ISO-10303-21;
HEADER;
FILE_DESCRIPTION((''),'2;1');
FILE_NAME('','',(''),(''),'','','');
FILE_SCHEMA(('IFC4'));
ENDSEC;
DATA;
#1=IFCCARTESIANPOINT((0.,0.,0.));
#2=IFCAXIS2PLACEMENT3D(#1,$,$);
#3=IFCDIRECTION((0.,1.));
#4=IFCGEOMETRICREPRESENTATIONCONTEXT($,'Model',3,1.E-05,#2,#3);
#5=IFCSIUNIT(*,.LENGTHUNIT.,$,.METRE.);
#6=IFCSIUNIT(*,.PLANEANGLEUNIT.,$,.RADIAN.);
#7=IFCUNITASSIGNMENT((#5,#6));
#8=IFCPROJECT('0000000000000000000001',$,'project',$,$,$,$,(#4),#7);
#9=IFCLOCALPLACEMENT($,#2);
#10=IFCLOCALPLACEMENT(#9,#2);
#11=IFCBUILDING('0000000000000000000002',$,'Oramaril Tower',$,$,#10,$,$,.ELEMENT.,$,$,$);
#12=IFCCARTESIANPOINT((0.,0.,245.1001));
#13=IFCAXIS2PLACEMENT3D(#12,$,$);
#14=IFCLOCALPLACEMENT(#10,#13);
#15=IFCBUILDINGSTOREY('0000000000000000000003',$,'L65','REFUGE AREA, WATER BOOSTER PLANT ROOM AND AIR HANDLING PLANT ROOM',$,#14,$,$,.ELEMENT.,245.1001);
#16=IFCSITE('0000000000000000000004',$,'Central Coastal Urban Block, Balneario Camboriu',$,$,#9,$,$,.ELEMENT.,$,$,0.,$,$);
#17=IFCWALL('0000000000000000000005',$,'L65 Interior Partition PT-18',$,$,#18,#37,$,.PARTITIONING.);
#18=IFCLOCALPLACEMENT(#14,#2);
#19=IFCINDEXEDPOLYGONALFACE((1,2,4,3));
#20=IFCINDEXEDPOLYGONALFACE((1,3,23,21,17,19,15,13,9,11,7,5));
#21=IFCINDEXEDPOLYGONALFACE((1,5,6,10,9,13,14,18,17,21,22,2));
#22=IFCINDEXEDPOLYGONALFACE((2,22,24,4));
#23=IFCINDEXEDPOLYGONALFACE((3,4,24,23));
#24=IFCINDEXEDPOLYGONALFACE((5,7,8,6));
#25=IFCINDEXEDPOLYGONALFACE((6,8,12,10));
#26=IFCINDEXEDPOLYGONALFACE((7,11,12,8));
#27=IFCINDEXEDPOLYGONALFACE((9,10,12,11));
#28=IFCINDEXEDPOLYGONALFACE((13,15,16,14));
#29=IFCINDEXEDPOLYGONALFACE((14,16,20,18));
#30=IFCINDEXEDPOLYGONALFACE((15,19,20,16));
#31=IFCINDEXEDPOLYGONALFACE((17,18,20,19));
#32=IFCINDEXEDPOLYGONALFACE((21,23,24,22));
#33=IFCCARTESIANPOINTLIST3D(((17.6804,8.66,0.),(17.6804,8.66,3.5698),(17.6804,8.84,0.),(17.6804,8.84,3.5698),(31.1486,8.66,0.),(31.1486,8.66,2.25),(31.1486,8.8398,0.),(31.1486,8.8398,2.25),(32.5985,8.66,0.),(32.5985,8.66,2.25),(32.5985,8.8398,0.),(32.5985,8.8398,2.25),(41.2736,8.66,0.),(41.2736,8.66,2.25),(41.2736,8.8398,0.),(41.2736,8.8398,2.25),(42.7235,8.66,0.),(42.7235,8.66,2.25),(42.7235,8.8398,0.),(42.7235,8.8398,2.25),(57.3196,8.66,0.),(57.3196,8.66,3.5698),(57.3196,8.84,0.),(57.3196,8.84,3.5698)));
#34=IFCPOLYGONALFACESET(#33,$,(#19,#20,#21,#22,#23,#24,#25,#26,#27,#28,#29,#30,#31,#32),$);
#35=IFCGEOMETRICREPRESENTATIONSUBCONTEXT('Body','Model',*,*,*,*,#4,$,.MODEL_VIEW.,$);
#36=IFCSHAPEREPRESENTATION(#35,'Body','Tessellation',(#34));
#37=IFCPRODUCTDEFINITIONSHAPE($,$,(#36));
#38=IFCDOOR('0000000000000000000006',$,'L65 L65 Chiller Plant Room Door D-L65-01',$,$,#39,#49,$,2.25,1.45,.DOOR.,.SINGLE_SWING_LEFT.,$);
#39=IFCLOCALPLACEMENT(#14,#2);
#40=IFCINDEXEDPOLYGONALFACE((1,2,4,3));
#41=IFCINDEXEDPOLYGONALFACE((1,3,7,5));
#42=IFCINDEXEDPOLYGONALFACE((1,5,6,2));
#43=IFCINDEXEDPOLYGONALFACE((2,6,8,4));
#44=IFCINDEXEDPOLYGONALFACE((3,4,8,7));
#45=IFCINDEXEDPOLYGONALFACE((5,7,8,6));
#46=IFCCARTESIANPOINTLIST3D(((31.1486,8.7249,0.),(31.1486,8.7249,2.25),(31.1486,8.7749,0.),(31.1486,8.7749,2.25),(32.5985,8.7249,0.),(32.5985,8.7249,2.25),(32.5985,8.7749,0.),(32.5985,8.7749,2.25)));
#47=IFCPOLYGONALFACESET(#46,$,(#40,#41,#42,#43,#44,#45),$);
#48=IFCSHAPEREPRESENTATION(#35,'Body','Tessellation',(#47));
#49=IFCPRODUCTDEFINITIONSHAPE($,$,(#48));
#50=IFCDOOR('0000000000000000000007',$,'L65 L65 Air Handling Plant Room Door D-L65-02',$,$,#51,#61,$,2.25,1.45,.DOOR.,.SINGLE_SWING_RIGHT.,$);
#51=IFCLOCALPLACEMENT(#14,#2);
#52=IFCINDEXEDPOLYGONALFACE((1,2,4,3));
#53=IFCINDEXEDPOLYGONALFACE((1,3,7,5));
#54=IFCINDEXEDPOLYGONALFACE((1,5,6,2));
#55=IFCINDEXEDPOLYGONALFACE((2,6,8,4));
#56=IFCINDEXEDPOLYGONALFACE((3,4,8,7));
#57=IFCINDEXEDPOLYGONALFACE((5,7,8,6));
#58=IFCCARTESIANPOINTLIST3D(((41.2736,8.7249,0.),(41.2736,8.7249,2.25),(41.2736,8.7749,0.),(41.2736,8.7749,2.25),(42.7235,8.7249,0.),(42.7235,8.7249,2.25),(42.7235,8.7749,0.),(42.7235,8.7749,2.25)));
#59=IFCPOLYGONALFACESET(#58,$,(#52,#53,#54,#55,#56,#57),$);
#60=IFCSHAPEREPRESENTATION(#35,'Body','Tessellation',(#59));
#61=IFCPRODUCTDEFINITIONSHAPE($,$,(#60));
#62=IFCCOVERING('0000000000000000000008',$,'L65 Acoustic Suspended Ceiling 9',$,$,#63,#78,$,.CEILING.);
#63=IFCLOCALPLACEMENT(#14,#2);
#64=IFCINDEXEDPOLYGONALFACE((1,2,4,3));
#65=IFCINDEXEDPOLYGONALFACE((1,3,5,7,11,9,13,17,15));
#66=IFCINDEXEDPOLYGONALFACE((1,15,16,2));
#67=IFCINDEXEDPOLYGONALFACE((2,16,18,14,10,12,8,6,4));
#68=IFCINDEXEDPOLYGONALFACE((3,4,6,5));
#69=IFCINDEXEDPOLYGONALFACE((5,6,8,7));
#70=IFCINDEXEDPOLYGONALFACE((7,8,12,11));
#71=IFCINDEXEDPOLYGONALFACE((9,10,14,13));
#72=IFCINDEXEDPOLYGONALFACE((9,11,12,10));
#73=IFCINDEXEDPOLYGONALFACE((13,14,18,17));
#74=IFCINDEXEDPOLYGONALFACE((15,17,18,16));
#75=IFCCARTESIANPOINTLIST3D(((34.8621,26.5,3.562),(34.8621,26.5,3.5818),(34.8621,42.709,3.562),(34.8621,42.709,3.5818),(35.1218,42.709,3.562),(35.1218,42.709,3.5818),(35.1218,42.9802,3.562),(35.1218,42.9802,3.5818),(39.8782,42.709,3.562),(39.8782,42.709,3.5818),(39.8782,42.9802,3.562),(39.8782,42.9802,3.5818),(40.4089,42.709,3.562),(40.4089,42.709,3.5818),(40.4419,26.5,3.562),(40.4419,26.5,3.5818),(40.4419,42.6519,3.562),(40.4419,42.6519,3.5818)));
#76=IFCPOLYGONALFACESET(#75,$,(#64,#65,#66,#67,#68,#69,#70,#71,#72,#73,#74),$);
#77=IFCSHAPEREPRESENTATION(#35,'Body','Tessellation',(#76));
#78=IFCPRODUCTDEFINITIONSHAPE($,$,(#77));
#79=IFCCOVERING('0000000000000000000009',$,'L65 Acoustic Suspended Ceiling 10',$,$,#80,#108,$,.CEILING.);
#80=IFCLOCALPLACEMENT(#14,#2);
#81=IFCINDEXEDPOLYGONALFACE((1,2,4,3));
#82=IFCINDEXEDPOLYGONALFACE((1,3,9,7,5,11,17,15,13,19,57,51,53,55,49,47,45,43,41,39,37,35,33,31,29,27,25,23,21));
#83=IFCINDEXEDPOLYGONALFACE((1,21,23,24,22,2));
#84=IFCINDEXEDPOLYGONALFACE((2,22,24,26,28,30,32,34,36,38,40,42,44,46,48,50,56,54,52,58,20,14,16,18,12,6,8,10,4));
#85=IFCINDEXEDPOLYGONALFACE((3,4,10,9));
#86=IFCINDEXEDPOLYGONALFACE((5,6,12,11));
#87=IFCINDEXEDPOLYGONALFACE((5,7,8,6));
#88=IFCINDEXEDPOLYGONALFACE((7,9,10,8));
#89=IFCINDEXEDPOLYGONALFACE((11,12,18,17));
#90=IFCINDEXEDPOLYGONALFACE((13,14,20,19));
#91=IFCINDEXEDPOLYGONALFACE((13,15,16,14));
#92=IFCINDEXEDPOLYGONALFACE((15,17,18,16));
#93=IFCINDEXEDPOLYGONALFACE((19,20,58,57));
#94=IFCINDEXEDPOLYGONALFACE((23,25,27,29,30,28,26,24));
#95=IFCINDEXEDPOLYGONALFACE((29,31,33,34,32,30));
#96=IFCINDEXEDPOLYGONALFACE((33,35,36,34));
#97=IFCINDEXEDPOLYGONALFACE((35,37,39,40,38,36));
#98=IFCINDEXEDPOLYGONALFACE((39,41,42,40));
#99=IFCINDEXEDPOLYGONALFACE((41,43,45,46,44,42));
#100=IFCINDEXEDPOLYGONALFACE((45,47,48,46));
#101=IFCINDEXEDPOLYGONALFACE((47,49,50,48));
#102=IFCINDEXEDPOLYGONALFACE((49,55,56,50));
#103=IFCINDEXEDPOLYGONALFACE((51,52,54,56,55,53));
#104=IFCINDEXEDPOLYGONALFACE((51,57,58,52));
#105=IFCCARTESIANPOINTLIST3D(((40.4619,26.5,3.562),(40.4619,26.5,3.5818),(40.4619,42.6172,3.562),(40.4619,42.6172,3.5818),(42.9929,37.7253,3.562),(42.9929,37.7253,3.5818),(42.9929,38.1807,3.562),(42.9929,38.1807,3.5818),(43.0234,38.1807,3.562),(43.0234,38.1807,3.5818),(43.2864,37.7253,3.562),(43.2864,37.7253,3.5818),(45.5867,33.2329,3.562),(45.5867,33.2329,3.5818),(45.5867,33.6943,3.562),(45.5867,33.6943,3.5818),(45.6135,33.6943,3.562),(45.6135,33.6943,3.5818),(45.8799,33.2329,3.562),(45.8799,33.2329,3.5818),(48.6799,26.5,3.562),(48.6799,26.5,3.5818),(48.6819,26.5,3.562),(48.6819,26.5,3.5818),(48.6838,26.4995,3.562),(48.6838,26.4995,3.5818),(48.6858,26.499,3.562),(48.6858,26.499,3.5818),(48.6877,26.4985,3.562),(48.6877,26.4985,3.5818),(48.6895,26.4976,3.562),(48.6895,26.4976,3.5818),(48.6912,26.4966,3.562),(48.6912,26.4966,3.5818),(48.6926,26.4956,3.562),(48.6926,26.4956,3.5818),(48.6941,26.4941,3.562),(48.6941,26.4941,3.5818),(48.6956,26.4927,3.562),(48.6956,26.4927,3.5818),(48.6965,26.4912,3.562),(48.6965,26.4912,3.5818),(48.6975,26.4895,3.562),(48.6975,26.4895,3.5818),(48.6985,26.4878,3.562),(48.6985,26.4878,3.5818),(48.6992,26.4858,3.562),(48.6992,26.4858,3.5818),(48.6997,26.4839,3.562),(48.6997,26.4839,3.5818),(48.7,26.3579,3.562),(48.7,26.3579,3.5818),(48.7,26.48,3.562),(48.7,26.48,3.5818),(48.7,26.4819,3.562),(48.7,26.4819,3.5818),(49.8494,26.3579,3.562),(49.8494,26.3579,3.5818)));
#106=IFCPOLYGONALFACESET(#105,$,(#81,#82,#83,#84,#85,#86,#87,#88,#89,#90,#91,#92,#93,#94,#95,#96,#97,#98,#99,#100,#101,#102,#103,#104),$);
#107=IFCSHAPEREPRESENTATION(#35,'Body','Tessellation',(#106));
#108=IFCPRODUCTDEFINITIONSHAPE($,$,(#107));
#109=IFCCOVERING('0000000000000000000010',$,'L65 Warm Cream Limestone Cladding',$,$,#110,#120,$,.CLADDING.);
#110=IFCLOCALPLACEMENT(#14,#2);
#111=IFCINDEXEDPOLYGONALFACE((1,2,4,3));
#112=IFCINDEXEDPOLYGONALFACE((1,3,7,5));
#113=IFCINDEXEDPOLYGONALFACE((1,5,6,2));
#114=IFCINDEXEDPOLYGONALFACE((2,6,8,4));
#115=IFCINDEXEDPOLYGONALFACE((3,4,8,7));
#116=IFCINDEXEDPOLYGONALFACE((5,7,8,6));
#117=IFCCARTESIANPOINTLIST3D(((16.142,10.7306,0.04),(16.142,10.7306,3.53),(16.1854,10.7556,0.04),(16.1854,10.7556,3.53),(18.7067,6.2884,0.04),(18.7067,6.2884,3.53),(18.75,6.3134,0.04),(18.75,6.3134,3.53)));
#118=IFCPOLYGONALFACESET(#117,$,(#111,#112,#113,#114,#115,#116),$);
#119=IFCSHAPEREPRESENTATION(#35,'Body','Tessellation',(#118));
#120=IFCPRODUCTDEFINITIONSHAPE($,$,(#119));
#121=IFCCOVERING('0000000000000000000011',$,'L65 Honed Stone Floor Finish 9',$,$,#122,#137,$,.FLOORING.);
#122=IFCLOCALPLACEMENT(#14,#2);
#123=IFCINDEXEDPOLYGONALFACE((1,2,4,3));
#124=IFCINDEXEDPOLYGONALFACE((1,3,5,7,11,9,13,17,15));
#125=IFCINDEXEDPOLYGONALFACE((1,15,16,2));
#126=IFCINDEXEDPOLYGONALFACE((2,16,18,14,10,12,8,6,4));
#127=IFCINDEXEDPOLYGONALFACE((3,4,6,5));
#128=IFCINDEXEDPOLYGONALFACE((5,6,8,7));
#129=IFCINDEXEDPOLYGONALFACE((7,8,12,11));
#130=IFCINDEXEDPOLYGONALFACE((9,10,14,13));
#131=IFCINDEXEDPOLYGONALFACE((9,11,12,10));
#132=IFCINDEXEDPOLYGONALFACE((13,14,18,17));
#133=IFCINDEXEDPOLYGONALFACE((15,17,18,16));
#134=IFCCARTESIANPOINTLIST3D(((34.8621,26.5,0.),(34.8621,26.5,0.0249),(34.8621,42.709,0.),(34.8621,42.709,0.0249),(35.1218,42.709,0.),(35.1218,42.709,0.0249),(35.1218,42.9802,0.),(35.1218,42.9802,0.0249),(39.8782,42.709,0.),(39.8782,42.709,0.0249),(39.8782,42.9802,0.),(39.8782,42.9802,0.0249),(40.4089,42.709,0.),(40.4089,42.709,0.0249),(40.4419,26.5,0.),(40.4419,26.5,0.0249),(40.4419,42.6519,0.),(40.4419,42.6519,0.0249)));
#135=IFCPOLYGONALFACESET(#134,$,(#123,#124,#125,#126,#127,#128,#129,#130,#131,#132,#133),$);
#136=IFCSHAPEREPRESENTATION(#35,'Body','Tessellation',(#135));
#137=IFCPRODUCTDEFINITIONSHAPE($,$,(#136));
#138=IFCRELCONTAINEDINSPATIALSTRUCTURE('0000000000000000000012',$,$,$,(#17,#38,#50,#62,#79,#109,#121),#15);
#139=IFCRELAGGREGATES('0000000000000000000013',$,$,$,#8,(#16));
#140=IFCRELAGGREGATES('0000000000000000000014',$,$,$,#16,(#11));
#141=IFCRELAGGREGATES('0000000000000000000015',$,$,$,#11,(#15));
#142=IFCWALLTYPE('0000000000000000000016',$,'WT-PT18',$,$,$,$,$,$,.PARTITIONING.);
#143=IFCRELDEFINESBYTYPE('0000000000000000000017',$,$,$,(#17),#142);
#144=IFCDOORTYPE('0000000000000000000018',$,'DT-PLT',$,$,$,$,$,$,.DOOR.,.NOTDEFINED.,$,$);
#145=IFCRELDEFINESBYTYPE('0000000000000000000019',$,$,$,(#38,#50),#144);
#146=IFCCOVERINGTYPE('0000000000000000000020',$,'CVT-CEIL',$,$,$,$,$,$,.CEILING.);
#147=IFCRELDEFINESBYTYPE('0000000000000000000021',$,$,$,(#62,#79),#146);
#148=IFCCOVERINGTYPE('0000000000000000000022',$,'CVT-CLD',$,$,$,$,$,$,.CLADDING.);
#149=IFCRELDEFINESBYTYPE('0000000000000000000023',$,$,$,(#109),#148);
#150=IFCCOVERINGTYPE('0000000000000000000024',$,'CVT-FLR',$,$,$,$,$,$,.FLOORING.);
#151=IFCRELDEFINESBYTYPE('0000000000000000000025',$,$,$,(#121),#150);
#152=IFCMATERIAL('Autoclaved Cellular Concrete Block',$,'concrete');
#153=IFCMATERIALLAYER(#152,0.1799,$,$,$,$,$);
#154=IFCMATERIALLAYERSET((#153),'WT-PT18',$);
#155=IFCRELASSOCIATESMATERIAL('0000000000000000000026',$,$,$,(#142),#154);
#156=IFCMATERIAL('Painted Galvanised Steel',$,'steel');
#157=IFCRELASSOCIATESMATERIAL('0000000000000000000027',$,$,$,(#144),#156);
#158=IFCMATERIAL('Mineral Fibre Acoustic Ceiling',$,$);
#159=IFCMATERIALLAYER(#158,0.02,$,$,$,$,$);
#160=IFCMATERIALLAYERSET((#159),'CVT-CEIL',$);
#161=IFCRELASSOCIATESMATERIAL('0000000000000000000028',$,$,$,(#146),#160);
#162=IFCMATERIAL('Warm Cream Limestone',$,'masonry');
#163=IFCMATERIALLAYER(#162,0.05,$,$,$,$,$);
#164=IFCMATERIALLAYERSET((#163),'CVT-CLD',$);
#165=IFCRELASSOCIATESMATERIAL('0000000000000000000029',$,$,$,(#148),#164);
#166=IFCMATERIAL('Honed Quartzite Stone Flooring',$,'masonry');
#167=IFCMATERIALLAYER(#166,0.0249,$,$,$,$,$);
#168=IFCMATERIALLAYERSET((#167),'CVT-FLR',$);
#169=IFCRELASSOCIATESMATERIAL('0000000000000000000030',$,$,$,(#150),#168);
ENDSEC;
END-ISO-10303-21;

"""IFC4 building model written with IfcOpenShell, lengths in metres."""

from ifc_helpers import new_model, si_unit, direction, frame, frame_2d, origin, origin_2d, place, context, subcontext, project, spatial, polyline, rectangle, outline, extrude, material, layer, layer_set, type_object, element, fill, save


model = new_model("IFC4")

# Units and contexts
model_context = context("Model", 3, precision=1e-05, world=origin(), true_north=direction((0.0, 1.0)))
body_context = subcontext(model_context, "Body", "Model", "MODEL_VIEW")
ifc_project = project(units=[si_unit("LENGTHUNIT", "METRE"), si_unit("PLANEANGLEUNIT", "RADIAN")], contexts=[model_context])

# Site, building, storey
site_placement = place(None, origin())
site = spatial("IfcSite", under=ifc_project, at=site_placement, Name="Central Coastal Urban Block, Balneario Camboriu", CompositionType="ELEMENT", RefElevation=0.0)
building_placement = place(site_placement, origin())
building = spatial("IfcBuilding", under=site, at=building_placement, Name="Oramaril Tower", CompositionType="ELEMENT")
storey_placement = place(building_placement, frame((0.0, 0.0, 245.1001)))
storey = spatial("IfcBuildingStorey", under=building, at=storey_placement, Name="L65", Description="REFUGE AREA, WATER BOOSTER PLANT ROOM AND AIR HANDLING PLANT ROOM", CompositionType="ELEMENT", Elevation=245.1001)

# Wall, openings, doors
ifc_material_1 = material(Name="Autoclaved Cellular Concrete Block", Category="concrete")
ifc_layer_1 = layer(ifc_material_1, 0.1799)
ifc_layer_set_1 = layer_set([ifc_layer_1], Name="WT-PT18")
wall_type = type_object("IfcWallType", Name="WT-PT18", PredefinedType="PARTITIONING", material=ifc_layer_set_1)
wall_placement = place(storey_placement, frame((17.6804, 8.75, 0.0), z_axis=(0.0, 0.0, 1.0), x_axis=(1.0, 0.0, 0.0)))
wall = element("IfcWall", 1, at=wall_placement, inside=storey, type_object=wall_type, Name="L65 Interior Partition PT-18", PredefinedType="PARTITIONING", context=body_context, shape_type="SweptSolid", body=[
    extrude(rectangle(XDim=39.6392, YDim=0.1799, at=frame_2d((19.8196, 0.0))), origin(), (0.0, 0.0, 1.0), 3.5698),
])
opening_1_placement = place(wall_placement, frame((13.468, 0.0, 0.0)))
opening_1 = element("IfcOpeningElement", 2, at=opening_1_placement, cuts=wall, PredefinedType="OPENING", context=body_context, shape_type="SweptSolid", body=[
    extrude(rectangle(XDim=1.45, YDim=2.25, at=frame_2d((0.7251, 1.125))), frame((0.0, 0.0898, 0.0), z_axis=(0.0, -1.0, 0.0), x_axis=(1.0, 0.0, 0.0)), (0.0, 0.0, 1.0), 0.1799),
])
opening_2_placement = place(wall_placement, frame((23.593, 0.0, 0.0)))
opening_2 = element("IfcOpeningElement", 3, at=opening_2_placement, cuts=wall, PredefinedType="OPENING", context=body_context, shape_type="SweptSolid", body=[
    extrude(rectangle(XDim=1.45, YDim=2.25, at=frame_2d((0.7251, 1.125))), frame((0.0, 0.0898, 0.0), z_axis=(0.0, -1.0, 0.0), x_axis=(1.0, 0.0, 0.0)), (0.0, 0.0, 1.0), 0.1799),
])
ifc_material_2 = material(Name="Painted Galvanised Steel", Category="steel")
door_type = type_object("IfcDoorType", Name="DT-PLT", OperationType="NOTDEFINED", PredefinedType="DOOR", material=ifc_material_2)
door_1_placement = place(opening_1_placement, origin())
door_1 = element("IfcDoor", 4, at=door_1_placement, inside=storey, type_object=door_type, Name="L65 L65 Chiller Plant Room Door D-L65-01", OperationType="SINGLE_SWING_LEFT", OverallHeight=2.25, OverallWidth=1.45, PredefinedType="DOOR", context=body_context, shape_type="SweptSolid", body=[
    extrude(rectangle(XDim=1.45, YDim=2.25, at=frame_2d((0.7251, 1.125))), frame((0.0, 0.0249, 0.0), z_axis=(0.0, -1.0, 0.0), x_axis=(1.0, 0.0, 0.0)), (0.0, 0.0, 1.0), 0.05),
])
fill(opening_1, door_1)
door_2_placement = place(opening_2_placement, origin())
door_2 = element("IfcDoor", 5, at=door_2_placement, inside=storey, type_object=door_type, Name="L65 L65 Air Handling Plant Room Door D-L65-02", OperationType="SINGLE_SWING_RIGHT", OverallHeight=2.25, OverallWidth=1.45, PredefinedType="DOOR", context=body_context, shape_type="SweptSolid", body=[
    extrude(rectangle(XDim=1.45, YDim=2.25, at=frame_2d((0.7251, 1.125))), frame((0.0, 0.0249, 0.0), z_axis=(0.0, -1.0, 0.0), x_axis=(1.0, 0.0, 0.0)), (0.0, 0.0, 1.0), 0.05),
])
fill(opening_2, door_2)

# Coverings
ifc_material_3 = material(Name="Mineral Fibre Acoustic Ceiling")
ifc_layer_2 = layer(ifc_material_3, 0.02)
ifc_layer_set_2 = layer_set([ifc_layer_2], Name="CVT-CEIL")
covering_type_1 = type_object("IfcCoveringType", Name="CVT-CEIL", PredefinedType="CEILING", material=ifc_layer_set_2)
covering_1_placement = place(storey_placement, frame((0.0, 0.0, 3.562)))
element("IfcCovering", 6, at=covering_1_placement, inside=storey, type_object=covering_type_1, Name="L65 Acoustic Suspended Ceiling 9", PredefinedType="CEILING", context=body_context, shape_type="SweptSolid", body=[
    extrude(outline(polyline([(35.1218, 42.709), (35.1218, 42.9802), (39.8782, 42.9802), (39.8782, 42.709), (40.4089, 42.709), (40.4419, 42.6519), (40.4419, 26.5), (34.8621, 26.5), (34.8621, 42.709), (35.1218, 42.709)])), origin(), (0.0, 0.0, 1.0), 0.0198),
])
covering_2_placement = place(storey_placement, frame((0.0, 0.0, 3.562)))
element("IfcCovering", 7, at=covering_2_placement, inside=storey, type_object=covering_type_1, Name="L65 Acoustic Suspended Ceiling 10", PredefinedType="CEILING", context=body_context, shape_type="SweptSolid", body=[
    extrude(outline(polyline([(43.0234, 38.1807), (42.9929, 38.1807), (42.9929, 37.7253), (43.2864, 37.7253), (45.6135, 33.6943), (45.5867, 33.6943), (45.5867, 33.2329), (45.8799, 33.2329), (49.8494, 26.3579), (48.7, 26.3579), (48.7, 26.48), (48.7, 26.4819), (48.6997, 26.4839), (48.6992, 26.4858), (48.6985, 26.4878), (48.6975, 26.4895), (48.6965, 26.4912), (48.6956, 26.4927), (48.6941, 26.4941), (48.6926, 26.4956), (48.6912, 26.4966), (48.6895, 26.4976), (48.6877, 26.4985), (48.6858, 26.499), (48.6838, 26.4995), (48.6819, 26.5), (48.6799, 26.5), (40.4619, 26.5), (40.4619, 42.6172), (43.0234, 38.1807)])), origin(), (0.0, 0.0, 1.0), 0.0198),
])
ifc_material_4 = material(Name="Warm Cream Limestone", Category="masonry")
ifc_layer_3 = layer(ifc_material_4, 0.05)
ifc_layer_set_3 = layer_set([ifc_layer_3], Name="CVT-CLD")
covering_type_2 = type_object("IfcCoveringType", Name="CVT-CLD", PredefinedType="CLADDING", material=ifc_layer_set_3)
covering_3_placement = place(storey_placement, frame((17.446, 8.522, 0.04), z_axis=(0.0, 0.0, 1.0), x_axis=(0.499992, -0.86603, 0.0)))
element("IfcCovering", 8, at=covering_3_placement, inside=storey, type_object=covering_type_2, Name="L65 Warm Cream Limestone Cladding", PredefinedType="CLADDING", context=body_context, shape_type="SweptSolid", body=[
    extrude(rectangle(XDim=5.1294, YDim=0.05, at=origin_2d()), origin(), (0.0, 0.0, 1.0), 3.49),
])
ifc_material_5 = material(Name="Honed Quartzite Stone Flooring", Category="masonry")
ifc_layer_4 = layer(ifc_material_5, 0.0249)
ifc_layer_set_4 = layer_set([ifc_layer_4], Name="CVT-FLR")
covering_type_3 = type_object("IfcCoveringType", Name="CVT-FLR", PredefinedType="FLOORING", material=ifc_layer_set_4)
covering_4_placement = place(storey_placement, origin())
element("IfcCovering", 9, at=covering_4_placement, inside=storey, type_object=covering_type_3, Name="L65 Honed Stone Floor Finish 9", PredefinedType="FLOORING", context=body_context, shape_type="SweptSolid", body=[
    extrude(outline(polyline([(35.1218, 42.709), (35.1218, 42.9802), (39.8782, 42.9802), (39.8782, 42.709), (40.4089, 42.709), (40.4419, 42.6519), (40.4419, 26.5), (34.8621, 26.5), (34.8621, 42.709), (35.1218, 42.709)])), origin(), (0.0, 0.0, 1.0), 0.0249),
])

save(model, "model.ifc")
